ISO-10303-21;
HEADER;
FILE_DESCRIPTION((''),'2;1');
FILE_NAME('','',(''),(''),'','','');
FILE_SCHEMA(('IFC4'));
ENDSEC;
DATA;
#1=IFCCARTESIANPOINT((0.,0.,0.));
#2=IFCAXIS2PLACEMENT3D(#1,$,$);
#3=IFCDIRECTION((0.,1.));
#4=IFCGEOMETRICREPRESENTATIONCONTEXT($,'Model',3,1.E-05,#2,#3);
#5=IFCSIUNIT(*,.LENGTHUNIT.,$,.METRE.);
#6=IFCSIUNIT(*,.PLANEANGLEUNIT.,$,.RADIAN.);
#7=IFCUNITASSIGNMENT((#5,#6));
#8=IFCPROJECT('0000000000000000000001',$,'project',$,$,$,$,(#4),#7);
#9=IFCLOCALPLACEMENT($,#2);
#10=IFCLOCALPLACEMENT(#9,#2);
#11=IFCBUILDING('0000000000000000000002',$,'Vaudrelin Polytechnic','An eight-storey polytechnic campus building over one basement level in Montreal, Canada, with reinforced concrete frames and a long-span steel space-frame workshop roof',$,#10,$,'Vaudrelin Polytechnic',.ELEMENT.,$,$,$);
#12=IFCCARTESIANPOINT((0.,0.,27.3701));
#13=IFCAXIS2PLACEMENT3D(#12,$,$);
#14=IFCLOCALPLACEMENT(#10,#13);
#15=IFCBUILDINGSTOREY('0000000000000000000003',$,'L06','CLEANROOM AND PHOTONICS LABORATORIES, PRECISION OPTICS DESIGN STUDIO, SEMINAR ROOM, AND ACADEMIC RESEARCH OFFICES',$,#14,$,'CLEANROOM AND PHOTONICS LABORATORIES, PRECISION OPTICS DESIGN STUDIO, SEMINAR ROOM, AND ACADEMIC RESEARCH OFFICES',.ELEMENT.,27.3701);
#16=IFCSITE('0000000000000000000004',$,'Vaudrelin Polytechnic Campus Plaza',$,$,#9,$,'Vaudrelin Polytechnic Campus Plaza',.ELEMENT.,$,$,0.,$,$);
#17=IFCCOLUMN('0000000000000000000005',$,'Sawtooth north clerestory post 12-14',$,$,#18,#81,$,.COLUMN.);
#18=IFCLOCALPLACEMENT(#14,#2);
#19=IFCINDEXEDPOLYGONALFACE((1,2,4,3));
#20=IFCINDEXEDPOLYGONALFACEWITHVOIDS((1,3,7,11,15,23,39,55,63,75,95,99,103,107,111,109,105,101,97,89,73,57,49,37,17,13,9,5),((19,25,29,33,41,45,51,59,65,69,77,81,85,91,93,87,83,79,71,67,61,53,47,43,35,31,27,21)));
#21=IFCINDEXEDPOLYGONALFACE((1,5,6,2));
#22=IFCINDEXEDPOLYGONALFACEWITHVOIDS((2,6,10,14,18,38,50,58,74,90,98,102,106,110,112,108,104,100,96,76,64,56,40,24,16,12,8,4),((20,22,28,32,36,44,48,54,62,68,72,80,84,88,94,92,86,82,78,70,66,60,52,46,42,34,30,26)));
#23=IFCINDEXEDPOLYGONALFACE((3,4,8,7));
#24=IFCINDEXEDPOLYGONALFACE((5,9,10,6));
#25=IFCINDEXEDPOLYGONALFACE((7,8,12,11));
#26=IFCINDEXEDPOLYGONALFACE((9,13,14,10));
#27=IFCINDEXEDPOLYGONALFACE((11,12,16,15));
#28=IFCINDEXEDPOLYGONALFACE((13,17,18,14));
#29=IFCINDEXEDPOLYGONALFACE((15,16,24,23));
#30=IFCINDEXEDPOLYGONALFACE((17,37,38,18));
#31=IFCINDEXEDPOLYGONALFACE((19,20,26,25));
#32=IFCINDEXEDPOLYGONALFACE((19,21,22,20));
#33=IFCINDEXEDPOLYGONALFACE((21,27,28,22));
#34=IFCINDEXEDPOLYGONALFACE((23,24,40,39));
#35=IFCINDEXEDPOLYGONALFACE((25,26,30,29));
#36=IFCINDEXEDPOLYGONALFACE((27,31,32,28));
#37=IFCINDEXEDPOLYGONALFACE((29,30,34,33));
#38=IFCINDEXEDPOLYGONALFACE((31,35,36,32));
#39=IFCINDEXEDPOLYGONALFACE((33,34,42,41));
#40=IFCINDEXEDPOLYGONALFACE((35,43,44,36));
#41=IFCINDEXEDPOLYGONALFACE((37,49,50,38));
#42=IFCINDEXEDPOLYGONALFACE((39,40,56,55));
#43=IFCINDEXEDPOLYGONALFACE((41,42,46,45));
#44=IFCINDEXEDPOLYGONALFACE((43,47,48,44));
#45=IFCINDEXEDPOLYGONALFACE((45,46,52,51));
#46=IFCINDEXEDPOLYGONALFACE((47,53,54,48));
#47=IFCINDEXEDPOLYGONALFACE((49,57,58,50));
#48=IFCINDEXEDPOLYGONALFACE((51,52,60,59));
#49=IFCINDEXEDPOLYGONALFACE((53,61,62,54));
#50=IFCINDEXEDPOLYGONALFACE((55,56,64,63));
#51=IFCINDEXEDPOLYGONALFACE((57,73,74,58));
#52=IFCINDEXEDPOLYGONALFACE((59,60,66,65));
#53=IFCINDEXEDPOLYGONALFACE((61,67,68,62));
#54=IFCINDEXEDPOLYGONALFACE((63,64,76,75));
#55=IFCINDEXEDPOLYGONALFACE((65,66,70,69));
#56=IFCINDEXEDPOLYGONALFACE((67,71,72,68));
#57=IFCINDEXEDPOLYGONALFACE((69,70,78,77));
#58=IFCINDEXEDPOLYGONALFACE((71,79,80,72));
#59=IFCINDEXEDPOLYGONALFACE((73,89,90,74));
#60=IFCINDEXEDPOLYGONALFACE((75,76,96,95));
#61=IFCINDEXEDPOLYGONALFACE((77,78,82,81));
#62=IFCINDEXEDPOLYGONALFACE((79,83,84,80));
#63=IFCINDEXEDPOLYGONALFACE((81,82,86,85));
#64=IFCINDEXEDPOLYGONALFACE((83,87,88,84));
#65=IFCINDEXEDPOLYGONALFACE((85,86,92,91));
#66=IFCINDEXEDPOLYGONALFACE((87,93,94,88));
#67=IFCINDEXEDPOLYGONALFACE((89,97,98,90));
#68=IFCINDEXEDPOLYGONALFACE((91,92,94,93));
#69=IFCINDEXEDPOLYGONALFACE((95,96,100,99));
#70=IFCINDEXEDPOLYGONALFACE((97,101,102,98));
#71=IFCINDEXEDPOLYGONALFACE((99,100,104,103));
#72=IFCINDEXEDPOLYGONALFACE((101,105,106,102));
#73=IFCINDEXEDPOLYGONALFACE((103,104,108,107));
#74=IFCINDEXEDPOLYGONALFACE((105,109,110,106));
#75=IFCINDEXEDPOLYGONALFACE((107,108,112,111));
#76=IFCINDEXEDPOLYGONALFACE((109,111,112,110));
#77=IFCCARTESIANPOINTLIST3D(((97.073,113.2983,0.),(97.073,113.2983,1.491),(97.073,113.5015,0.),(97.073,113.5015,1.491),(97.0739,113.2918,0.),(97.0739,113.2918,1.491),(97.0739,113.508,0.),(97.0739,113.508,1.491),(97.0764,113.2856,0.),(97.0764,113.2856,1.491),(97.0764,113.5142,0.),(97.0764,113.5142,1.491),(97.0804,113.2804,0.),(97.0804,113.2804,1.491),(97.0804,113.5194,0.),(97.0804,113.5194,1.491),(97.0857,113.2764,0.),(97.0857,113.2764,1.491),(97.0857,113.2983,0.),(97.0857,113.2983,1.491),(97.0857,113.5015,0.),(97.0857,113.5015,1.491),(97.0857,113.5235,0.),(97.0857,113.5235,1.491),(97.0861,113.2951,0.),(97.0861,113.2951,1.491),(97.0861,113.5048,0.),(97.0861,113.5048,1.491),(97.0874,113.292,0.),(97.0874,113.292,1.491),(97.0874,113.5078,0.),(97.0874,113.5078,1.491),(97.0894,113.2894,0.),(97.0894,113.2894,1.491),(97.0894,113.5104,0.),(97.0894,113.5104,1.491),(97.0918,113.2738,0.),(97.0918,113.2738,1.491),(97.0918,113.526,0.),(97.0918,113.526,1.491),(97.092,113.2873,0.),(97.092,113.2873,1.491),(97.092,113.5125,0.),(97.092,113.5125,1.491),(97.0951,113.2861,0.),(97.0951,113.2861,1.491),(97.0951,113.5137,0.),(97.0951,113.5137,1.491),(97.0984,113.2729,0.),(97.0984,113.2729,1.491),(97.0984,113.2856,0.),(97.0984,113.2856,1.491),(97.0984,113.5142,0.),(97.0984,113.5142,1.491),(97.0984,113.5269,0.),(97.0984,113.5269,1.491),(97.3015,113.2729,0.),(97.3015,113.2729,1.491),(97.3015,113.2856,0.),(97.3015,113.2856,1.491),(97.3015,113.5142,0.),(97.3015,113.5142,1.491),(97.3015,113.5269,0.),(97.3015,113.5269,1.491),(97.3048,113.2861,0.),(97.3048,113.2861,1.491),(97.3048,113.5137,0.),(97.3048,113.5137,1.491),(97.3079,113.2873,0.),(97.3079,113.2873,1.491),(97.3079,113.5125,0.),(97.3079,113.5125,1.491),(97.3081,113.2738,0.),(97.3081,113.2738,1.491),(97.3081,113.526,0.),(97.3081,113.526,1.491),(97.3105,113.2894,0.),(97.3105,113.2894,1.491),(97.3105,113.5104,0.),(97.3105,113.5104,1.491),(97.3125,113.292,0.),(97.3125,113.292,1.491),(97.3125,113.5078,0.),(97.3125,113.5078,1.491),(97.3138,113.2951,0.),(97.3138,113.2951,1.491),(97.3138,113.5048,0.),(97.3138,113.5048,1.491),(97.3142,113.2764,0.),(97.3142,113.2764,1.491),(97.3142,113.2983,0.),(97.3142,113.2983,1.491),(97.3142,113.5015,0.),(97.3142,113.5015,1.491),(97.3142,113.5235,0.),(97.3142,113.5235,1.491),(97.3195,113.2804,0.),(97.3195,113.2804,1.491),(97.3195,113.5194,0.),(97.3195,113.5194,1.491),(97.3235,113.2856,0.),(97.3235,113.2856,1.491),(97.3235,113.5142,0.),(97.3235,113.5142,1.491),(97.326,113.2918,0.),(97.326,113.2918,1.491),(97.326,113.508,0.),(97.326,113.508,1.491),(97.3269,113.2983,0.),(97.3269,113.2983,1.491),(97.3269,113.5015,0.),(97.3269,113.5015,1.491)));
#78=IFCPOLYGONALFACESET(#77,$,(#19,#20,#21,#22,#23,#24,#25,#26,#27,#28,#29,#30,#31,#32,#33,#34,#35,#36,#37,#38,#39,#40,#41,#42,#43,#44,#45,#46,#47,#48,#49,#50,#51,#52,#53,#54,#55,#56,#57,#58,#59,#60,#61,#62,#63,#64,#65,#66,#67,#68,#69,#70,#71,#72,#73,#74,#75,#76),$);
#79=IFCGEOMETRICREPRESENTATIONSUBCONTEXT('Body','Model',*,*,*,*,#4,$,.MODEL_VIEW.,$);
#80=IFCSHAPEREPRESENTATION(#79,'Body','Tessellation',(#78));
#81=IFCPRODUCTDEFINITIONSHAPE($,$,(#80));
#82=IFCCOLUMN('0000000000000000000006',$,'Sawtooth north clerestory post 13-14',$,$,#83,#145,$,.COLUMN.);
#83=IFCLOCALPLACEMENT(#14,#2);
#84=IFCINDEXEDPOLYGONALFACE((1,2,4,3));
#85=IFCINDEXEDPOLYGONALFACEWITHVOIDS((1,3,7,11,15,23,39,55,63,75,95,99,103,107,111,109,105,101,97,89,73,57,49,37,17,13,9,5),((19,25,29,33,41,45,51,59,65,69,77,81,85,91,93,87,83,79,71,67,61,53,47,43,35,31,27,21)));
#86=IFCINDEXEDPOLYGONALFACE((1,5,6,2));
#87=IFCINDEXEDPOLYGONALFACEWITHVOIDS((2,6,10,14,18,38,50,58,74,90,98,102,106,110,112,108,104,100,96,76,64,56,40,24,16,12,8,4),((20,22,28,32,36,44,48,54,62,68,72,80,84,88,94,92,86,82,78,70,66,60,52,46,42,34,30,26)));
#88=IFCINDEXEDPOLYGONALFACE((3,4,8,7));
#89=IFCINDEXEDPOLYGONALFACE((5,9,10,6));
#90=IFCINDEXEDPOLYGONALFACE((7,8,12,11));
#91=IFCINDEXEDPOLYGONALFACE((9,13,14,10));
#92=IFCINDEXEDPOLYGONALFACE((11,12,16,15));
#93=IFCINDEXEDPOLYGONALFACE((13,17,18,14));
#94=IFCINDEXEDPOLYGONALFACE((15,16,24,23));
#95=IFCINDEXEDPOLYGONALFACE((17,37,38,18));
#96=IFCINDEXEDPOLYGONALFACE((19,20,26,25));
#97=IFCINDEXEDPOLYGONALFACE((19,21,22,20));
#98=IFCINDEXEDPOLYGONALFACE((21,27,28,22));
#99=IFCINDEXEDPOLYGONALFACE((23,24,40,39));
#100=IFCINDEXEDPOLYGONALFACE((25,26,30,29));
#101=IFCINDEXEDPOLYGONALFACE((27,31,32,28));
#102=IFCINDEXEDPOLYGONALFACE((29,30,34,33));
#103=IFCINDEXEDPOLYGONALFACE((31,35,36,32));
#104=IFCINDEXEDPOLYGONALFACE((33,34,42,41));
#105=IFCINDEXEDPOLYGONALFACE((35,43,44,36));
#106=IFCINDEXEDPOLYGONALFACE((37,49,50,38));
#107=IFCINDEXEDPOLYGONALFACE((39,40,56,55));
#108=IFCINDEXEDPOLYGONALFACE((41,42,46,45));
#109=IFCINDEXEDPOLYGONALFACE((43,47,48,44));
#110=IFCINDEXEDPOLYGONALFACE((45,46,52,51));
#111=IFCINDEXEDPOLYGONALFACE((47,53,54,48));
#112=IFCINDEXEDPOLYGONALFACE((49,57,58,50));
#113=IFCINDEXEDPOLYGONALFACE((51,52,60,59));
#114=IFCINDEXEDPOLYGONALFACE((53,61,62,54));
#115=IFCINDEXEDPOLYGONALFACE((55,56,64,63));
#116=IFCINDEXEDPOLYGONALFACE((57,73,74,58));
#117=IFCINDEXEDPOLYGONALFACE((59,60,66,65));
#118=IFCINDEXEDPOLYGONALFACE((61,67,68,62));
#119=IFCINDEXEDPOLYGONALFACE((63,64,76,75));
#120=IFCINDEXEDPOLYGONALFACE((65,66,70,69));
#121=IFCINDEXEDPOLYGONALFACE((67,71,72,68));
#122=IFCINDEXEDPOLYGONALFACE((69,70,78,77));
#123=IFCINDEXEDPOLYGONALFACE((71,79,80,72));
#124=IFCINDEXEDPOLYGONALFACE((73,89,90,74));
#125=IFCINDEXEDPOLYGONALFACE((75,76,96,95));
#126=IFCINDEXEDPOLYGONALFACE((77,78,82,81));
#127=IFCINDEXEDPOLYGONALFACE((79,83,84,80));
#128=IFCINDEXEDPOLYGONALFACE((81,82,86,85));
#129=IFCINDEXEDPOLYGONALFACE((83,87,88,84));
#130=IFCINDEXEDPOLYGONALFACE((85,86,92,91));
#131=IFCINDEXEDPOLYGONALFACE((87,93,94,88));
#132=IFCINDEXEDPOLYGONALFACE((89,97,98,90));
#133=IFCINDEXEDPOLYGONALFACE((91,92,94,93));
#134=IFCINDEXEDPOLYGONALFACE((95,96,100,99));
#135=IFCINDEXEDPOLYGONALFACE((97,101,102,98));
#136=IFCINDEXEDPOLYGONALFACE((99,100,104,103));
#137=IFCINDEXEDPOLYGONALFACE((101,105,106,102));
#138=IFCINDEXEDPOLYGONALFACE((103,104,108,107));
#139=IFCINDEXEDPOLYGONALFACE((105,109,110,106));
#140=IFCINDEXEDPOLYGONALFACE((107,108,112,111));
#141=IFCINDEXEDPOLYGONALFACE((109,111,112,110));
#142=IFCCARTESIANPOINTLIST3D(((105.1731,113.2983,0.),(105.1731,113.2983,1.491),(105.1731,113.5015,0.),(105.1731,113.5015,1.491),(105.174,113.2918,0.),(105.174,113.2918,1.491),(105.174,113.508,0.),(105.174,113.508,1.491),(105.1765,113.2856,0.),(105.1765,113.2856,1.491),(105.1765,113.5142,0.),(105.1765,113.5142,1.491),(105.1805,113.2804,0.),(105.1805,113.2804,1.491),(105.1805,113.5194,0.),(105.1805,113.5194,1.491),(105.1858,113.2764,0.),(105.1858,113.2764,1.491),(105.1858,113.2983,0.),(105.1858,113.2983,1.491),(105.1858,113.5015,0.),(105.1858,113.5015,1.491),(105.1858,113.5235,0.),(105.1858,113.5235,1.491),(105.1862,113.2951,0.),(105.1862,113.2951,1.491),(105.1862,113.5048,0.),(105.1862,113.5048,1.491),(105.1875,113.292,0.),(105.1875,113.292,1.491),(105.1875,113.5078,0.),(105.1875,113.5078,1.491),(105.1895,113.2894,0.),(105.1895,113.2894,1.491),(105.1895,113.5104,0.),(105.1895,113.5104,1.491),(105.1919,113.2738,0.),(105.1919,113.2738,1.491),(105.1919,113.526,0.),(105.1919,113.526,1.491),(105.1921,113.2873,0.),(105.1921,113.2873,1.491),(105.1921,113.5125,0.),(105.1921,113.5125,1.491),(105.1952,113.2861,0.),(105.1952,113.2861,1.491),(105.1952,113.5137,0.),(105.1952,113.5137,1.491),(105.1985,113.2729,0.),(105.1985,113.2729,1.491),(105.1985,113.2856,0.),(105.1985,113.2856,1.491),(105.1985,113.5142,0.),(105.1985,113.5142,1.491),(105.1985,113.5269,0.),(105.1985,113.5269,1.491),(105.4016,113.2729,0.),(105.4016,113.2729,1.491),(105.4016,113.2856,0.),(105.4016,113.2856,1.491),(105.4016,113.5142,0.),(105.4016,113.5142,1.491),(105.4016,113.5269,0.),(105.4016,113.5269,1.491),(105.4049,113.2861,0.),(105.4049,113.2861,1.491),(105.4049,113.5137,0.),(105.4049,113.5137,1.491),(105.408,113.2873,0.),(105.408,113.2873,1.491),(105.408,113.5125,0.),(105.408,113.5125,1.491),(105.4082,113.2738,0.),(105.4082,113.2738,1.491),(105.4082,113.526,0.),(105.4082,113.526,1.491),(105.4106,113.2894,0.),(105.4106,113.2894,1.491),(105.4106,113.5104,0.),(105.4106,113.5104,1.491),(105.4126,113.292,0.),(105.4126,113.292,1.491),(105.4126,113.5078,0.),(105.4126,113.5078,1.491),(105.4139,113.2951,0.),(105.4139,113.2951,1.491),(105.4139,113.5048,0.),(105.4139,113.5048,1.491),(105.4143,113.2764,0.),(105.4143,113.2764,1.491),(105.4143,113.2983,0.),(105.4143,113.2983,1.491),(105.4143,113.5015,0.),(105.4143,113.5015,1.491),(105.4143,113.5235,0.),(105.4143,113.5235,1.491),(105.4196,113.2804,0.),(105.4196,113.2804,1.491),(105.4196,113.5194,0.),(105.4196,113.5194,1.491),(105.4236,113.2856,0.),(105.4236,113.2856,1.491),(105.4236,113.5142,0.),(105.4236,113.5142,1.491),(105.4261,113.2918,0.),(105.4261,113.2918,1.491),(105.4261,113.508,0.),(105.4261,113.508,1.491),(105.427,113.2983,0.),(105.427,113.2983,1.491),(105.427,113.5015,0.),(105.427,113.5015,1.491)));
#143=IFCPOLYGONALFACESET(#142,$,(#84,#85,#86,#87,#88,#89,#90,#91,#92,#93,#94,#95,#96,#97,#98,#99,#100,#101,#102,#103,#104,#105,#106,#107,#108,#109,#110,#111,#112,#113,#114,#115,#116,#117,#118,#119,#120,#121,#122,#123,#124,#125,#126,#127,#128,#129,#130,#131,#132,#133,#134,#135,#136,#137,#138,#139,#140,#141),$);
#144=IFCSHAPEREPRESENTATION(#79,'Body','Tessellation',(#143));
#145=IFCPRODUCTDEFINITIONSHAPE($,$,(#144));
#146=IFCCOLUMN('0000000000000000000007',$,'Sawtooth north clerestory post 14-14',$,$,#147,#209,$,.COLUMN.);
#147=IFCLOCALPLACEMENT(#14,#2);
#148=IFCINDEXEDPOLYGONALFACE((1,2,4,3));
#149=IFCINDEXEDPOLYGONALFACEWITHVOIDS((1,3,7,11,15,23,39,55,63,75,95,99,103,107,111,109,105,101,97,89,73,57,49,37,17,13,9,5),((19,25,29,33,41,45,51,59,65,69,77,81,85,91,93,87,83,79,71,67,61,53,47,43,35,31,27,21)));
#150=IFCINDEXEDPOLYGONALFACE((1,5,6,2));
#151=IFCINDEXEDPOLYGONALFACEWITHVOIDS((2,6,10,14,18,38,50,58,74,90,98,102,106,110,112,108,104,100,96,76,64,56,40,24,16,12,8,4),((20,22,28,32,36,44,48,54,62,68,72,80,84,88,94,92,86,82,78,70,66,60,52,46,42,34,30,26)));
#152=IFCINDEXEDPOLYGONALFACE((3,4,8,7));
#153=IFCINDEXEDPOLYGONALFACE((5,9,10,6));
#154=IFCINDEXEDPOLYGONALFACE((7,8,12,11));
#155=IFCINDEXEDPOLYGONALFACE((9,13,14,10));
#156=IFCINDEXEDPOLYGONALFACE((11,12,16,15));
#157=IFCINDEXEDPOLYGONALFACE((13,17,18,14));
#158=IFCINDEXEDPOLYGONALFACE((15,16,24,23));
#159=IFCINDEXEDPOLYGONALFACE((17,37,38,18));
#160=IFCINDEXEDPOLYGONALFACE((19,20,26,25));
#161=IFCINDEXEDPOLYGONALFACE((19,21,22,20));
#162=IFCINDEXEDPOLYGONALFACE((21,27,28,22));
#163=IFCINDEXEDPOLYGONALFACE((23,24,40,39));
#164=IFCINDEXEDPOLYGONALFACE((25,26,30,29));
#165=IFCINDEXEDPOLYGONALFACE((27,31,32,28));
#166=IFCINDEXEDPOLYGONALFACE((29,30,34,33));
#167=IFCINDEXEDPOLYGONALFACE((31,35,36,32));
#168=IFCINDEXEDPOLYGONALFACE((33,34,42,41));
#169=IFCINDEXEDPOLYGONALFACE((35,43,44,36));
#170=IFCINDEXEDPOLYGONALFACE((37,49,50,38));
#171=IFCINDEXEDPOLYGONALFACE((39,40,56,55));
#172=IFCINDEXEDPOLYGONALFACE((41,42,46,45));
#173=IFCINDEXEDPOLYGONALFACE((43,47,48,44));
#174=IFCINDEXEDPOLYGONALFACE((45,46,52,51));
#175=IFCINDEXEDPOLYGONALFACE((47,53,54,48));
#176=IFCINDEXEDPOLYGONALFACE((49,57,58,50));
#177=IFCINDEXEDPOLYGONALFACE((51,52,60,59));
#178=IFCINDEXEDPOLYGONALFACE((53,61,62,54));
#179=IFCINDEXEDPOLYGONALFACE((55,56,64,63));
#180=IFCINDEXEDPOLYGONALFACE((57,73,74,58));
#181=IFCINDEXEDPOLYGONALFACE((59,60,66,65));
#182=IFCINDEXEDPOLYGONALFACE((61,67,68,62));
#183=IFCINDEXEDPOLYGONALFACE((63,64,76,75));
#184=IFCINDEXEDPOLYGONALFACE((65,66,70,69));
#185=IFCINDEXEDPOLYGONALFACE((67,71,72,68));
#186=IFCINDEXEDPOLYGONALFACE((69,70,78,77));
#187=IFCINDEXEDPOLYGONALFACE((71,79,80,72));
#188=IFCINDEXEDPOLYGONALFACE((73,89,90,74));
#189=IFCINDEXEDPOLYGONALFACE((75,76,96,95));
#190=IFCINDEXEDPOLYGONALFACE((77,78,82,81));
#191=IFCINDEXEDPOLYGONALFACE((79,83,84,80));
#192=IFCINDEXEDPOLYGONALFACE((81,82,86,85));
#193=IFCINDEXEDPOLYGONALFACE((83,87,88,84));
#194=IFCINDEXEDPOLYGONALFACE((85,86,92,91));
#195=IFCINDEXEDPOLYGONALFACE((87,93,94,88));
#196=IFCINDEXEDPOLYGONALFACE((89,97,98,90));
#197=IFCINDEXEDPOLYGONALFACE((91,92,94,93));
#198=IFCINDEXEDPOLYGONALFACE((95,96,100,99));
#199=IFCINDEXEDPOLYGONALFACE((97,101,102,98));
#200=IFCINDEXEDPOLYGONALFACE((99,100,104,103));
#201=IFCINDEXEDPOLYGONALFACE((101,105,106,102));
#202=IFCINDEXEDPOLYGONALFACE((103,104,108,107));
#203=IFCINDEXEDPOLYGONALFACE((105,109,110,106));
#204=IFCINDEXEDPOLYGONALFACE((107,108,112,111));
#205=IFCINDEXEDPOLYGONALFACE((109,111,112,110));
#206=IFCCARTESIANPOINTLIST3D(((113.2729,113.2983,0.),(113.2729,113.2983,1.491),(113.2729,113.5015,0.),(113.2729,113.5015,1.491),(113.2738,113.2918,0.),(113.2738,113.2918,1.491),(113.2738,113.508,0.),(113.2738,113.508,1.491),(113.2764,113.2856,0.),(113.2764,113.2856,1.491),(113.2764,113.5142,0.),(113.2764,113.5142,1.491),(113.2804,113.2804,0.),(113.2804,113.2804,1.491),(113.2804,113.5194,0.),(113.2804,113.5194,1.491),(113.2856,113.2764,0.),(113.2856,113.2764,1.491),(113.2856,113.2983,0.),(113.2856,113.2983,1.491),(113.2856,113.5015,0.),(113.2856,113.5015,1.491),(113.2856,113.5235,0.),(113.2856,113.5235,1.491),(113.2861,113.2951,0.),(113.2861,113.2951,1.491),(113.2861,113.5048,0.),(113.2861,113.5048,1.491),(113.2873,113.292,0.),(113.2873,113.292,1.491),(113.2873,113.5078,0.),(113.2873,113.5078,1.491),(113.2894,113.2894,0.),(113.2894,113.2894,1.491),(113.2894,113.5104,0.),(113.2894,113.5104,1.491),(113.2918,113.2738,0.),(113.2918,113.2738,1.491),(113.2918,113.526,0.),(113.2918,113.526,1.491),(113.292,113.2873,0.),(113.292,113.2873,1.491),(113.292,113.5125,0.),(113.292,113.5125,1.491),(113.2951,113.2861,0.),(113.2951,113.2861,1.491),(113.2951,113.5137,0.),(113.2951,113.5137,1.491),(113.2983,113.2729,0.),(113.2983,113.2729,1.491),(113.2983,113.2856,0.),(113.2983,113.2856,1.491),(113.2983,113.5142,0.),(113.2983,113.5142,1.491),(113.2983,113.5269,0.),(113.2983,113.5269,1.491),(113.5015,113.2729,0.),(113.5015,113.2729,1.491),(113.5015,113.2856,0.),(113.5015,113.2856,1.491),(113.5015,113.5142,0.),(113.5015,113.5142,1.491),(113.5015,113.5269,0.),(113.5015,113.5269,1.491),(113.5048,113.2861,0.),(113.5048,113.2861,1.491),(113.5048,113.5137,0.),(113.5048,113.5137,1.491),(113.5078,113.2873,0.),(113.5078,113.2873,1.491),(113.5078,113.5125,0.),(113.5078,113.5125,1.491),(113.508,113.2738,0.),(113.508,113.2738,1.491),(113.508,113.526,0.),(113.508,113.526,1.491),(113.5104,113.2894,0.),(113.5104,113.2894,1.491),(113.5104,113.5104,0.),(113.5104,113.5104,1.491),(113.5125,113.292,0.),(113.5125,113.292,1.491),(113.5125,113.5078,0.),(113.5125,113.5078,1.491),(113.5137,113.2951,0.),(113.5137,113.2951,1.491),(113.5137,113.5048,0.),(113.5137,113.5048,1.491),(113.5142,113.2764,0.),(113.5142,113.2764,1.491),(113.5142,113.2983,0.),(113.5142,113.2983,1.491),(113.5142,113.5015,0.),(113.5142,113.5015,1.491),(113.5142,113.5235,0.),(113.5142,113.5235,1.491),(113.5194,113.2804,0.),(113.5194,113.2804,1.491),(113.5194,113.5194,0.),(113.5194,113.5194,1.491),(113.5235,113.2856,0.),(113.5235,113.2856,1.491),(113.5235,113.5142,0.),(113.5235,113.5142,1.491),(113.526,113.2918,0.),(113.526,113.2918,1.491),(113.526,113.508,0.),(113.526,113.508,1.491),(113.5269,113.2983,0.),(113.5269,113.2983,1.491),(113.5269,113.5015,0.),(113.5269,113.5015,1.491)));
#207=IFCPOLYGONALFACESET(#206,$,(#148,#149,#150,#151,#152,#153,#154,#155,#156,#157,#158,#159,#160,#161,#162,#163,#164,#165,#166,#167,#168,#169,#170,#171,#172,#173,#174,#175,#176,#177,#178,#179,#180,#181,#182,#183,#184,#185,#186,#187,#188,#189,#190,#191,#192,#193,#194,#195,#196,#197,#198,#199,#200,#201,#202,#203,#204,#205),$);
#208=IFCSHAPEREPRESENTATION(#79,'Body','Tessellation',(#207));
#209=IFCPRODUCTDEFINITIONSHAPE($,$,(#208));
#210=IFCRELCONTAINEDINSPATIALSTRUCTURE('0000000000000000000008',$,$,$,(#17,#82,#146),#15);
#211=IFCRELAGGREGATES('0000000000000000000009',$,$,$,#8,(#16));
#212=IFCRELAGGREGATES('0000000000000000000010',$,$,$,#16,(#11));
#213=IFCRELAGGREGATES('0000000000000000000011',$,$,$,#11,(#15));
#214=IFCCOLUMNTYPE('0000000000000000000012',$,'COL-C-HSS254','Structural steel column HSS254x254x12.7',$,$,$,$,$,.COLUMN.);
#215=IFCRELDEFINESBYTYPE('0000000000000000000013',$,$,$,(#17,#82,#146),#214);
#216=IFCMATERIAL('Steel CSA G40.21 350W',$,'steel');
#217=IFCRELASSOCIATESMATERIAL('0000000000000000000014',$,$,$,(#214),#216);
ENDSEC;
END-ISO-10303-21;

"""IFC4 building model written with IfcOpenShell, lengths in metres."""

from ifc_helpers import new_model, si_unit, direction, frame, origin, origin_2d, place, context, subcontext, project, spatial, hollow_rectangle, extrude, material, material_profile, profile_set, type_object, element, save


model = new_model("IFC4")

# Units and contexts
model_context = context("Model", 3, precision=1e-05, world=origin(), true_north=direction((0.0, 1.0)))
body_context = subcontext(model_context, "Body", "Model", "MODEL_VIEW")
ifc_project = project(units=[si_unit("LENGTHUNIT", "METRE"), si_unit("PLANEANGLEUNIT", "RADIAN")], contexts=[model_context])

# Site, building, storey
site_placement = place(None, origin())
site = spatial("IfcSite", under=ifc_project, at=site_placement, Name="Vaudrelin Polytechnic Campus Plaza", LongName="Vaudrelin Polytechnic Campus Plaza", CompositionType="ELEMENT", RefElevation=0.0)
building_placement = place(site_placement, origin())
building = spatial("IfcBuilding", under=site, at=building_placement, Name="Vaudrelin Polytechnic", Description="An eight-storey polytechnic campus building over one basement level in Montreal, Canada, with reinforced concrete frames and a long-span steel space-frame workshop roof", LongName="Vaudrelin Polytechnic", CompositionType="ELEMENT")
storey_placement = place(building_placement, frame((0.0, 0.0, 27.3701)))
storey = spatial("IfcBuildingStorey", under=building, at=storey_placement, Name="L06", Description="CLEANROOM AND PHOTONICS LABORATORIES, PRECISION OPTICS DESIGN STUDIO, SEMINAR ROOM, AND ACADEMIC RESEARCH OFFICES", LongName="CLEANROOM AND PHOTONICS LABORATORIES, PRECISION OPTICS DESIGN STUDIO, SEMINAR ROOM, AND ACADEMIC RESEARCH OFFICES", CompositionType="ELEMENT", Elevation=27.3701)

# Columns
ifc_material_1 = material(Name="Steel CSA G40.21 350W", Category="steel")
ifc_material_profile_1 = material_profile(ifc_material_1, hollow_rectangle(XDim=0.2539, YDim=0.2539, WallThickness=0.0127, InnerFilletRadius=0.0127, OuterFilletRadius=0.0254, at=origin_2d()), Name="HSS254x254x12.7")
ifc_profile_set_1 = profile_set([ifc_material_profile_1], Name="Steel CSA G40.21 350W")
column_type = type_object("IfcColumnType", Name="COL-C-HSS254", Description="Structural steel column HSS254x254x12.7", PredefinedType="COLUMN", material=ifc_profile_set_1)
for number, where, z_axis, x_axis, name in (
    (1, (97.2, 113.3999, 0.0), (0.0, 0.0, 1.0), (1.0, 0.0, 0.0), "Sawtooth north clerestory post 12-14"),
    (2, (105.3, 113.3999, 0.0), (0.0, 0.0, 1.0), (1.0, 0.0, 0.0), "Sawtooth north clerestory post 13-14"),
    (3, (113.3999, 113.3999, 0.0), (0.0, 0.0, 1.0), (1.0, 0.0, 0.0), "Sawtooth north clerestory post 14-14"),
):
    element("IfcColumn", number, at=place(storey_placement, frame(where, z_axis=z_axis, x_axis=x_axis)), inside=storey, type_object=column_type, Name=name, PredefinedType="COLUMN", context=body_context, shape_type="SweptSolid", body=[
        extrude(hollow_rectangle(XDim=0.2539, YDim=0.2539, WallThickness=0.0127, InnerFilletRadius=0.0127, OuterFilletRadius=0.0254, at=origin_2d()), origin(), (0.0, 0.0, 1.0), 1.491),
    ])

save(model, "model.ifc")
